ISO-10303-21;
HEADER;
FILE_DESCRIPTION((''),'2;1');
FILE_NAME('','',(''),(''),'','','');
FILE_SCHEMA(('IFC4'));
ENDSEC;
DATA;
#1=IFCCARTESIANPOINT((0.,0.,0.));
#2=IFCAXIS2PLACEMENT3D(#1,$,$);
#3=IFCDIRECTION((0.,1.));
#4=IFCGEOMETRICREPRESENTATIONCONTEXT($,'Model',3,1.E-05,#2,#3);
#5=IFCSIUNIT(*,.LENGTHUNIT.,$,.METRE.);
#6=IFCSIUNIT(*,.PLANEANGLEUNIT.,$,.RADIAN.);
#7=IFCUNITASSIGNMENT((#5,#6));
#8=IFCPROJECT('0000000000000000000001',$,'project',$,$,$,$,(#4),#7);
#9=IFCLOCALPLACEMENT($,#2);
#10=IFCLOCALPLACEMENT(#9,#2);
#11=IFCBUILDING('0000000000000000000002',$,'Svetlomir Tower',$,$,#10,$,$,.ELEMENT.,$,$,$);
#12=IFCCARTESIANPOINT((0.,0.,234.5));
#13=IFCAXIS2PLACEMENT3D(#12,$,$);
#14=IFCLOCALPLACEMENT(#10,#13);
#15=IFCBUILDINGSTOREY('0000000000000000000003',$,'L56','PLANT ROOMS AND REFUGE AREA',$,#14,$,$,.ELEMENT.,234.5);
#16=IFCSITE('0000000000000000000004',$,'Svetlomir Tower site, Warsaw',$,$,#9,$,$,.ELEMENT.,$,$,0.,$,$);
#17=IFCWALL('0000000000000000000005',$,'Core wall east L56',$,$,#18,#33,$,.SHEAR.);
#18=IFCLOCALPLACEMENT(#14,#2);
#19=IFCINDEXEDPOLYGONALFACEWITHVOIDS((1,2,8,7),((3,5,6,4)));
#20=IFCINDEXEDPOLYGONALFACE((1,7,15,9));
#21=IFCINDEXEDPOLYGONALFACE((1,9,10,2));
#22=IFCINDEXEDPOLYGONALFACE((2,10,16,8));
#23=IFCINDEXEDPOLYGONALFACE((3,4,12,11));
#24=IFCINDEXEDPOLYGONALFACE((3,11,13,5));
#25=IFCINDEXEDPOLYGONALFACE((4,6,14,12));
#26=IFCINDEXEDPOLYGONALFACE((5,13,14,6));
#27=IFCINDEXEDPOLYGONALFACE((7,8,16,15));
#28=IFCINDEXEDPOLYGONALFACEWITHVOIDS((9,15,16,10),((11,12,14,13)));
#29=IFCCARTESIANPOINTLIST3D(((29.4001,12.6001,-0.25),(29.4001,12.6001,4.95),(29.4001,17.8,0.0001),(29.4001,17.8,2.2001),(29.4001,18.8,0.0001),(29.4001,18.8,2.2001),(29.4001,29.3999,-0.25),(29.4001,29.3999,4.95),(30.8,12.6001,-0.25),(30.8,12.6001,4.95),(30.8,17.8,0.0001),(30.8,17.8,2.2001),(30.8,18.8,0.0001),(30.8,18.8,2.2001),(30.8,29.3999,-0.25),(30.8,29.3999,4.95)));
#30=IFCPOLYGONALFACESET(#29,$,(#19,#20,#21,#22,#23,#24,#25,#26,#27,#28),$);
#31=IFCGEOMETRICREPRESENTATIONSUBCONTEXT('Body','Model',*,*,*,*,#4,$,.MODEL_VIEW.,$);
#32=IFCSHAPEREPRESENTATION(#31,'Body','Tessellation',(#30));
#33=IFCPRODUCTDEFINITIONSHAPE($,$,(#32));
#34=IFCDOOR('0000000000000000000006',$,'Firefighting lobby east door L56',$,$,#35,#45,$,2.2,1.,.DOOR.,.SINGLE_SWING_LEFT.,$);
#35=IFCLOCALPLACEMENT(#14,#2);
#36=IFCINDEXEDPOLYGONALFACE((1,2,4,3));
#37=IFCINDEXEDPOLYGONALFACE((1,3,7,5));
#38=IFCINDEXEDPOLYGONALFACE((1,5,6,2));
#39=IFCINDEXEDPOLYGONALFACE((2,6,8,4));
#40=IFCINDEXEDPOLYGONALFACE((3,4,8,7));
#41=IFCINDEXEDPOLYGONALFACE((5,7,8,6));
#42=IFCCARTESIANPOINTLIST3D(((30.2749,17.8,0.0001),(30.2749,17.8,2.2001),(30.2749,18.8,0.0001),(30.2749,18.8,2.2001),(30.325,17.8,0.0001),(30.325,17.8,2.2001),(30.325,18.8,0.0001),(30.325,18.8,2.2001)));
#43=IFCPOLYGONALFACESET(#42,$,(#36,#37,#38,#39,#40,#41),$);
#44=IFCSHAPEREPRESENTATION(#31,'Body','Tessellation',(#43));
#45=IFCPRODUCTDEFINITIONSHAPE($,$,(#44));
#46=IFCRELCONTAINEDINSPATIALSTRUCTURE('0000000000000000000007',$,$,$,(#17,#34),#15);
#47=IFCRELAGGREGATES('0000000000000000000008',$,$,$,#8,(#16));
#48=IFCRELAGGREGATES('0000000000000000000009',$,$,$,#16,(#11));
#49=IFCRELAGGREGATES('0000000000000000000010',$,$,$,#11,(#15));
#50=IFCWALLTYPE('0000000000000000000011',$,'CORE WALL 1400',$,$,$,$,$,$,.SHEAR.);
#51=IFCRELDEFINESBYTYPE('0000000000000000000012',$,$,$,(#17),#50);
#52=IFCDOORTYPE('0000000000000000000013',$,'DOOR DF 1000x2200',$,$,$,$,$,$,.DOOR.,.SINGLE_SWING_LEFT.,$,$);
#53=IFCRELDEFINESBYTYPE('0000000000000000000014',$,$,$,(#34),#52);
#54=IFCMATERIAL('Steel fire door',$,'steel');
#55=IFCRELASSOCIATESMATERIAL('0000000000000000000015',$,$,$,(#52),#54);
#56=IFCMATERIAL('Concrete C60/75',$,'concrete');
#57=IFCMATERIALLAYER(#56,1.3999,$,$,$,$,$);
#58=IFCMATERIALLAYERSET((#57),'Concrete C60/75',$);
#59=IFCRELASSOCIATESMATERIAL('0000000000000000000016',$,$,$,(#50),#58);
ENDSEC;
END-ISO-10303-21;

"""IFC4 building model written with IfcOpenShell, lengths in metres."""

from ifc_helpers import new_model, si_unit, direction, frame, frame_2d, origin, place, context, subcontext, project, spatial, rectangle, extrude, material, layer, layer_set, type_object, element, fill, save


model = new_model("IFC4")

# Units and contexts
model_context = context("Model", 3, precision=1e-05, world=origin(), true_north=direction((0.0, 1.0)))
body_context = subcontext(model_context, "Body", "Model", "MODEL_VIEW")
ifc_project = project(units=[si_unit("LENGTHUNIT", "METRE"), si_unit("PLANEANGLEUNIT", "RADIAN")], contexts=[model_context])

# Site, building, storey
site_placement = place(None, origin())
site = spatial("IfcSite", under=ifc_project, at=site_placement, Name="Svetlomir Tower site, Warsaw", CompositionType="ELEMENT", RefElevation=0.0)
building_placement = place(site_placement, origin())
building = spatial("IfcBuilding", under=site, at=building_placement, Name="Svetlomir Tower", CompositionType="ELEMENT")
storey_placement = place(building_placement, frame((0.0, 0.0, 234.5)))
storey = spatial("IfcBuildingStorey", under=building, at=storey_placement, Name="L56", Description="PLANT ROOMS AND REFUGE AREA", CompositionType="ELEMENT", Elevation=234.5)

# Wall, opening, door
ifc_material_1 = material(Name="Steel fire door", Category="steel")
door_type_1 = type_object("IfcDoorType", Name="DOOR DF 1000x2200", OperationType="SINGLE_SWING_LEFT", PredefinedType="DOOR", material=ifc_material_1)
ifc_material_2 = material(Name="Concrete C60/75", Category="concrete")
ifc_layer_1 = layer(ifc_material_2, 1.3999)
ifc_layer_set_1 = layer_set([ifc_layer_1], Name="Concrete C60/75")
wall_type_1 = type_object("IfcWallType", Name="CORE WALL 1400", PredefinedType="SHEAR", material=ifc_layer_set_1)
wall_1_placement = place(storey_placement, frame((30.1001, 12.6001, -0.25), z_axis=(0.0, 0.0, 1.0), x_axis=(0.0, 1.0, 0.0)))
wall_1 = element("IfcWall", 1, at=wall_1_placement, inside=storey, type_object=wall_type_1, Name="Core wall east L56", PredefinedType="SHEAR", context=body_context, shape_type="SweptSolid", body=[
    extrude(rectangle(XDim=16.7998, YDim=1.3999, at=frame_2d((8.3999, 0.0))), origin(), (0.0, 0.0, 1.0), 5.2),
])
opening_1_placement = place(wall_1_placement, frame((5.2, 0.0, 0.25)))
opening_1 = element("IfcOpeningElement", 2, at=opening_1_placement, cuts=wall_1, PredefinedType="OPENING", context=body_context, shape_type="SweptSolid", body=[
    extrude(rectangle(XDim=1.0, YDim=2.2, at=frame_2d((0.5, 1.1001))), frame((0.0, 0.71, 0.0), z_axis=(0.0, -1.0, 0.0), x_axis=(1.0, 0.0, 0.0)), (0.0, 0.0, 1.0), 1.4199),
])
door_1_placement = place(opening_1_placement, origin())
door_1 = element("IfcDoor", 3, at=door_1_placement, inside=storey, type_object=door_type_1, Name="Firefighting lobby east door L56", OperationType="SINGLE_SWING_LEFT", OverallHeight=2.2, OverallWidth=1.0, PredefinedType="DOOR", context=body_context, shape_type="SweptSolid", body=[
    extrude(rectangle(XDim=1.0, YDim=2.2, at=frame_2d((0.5, 1.1001))), frame((0.0, -0.1748, 0.0), z_axis=(0.0, -1.0, 0.0), x_axis=(1.0, 0.0, 0.0)), (0.0, 0.0, 1.0), 0.05),
])
fill(opening_1, door_1)

save(model, "model.ifc")
